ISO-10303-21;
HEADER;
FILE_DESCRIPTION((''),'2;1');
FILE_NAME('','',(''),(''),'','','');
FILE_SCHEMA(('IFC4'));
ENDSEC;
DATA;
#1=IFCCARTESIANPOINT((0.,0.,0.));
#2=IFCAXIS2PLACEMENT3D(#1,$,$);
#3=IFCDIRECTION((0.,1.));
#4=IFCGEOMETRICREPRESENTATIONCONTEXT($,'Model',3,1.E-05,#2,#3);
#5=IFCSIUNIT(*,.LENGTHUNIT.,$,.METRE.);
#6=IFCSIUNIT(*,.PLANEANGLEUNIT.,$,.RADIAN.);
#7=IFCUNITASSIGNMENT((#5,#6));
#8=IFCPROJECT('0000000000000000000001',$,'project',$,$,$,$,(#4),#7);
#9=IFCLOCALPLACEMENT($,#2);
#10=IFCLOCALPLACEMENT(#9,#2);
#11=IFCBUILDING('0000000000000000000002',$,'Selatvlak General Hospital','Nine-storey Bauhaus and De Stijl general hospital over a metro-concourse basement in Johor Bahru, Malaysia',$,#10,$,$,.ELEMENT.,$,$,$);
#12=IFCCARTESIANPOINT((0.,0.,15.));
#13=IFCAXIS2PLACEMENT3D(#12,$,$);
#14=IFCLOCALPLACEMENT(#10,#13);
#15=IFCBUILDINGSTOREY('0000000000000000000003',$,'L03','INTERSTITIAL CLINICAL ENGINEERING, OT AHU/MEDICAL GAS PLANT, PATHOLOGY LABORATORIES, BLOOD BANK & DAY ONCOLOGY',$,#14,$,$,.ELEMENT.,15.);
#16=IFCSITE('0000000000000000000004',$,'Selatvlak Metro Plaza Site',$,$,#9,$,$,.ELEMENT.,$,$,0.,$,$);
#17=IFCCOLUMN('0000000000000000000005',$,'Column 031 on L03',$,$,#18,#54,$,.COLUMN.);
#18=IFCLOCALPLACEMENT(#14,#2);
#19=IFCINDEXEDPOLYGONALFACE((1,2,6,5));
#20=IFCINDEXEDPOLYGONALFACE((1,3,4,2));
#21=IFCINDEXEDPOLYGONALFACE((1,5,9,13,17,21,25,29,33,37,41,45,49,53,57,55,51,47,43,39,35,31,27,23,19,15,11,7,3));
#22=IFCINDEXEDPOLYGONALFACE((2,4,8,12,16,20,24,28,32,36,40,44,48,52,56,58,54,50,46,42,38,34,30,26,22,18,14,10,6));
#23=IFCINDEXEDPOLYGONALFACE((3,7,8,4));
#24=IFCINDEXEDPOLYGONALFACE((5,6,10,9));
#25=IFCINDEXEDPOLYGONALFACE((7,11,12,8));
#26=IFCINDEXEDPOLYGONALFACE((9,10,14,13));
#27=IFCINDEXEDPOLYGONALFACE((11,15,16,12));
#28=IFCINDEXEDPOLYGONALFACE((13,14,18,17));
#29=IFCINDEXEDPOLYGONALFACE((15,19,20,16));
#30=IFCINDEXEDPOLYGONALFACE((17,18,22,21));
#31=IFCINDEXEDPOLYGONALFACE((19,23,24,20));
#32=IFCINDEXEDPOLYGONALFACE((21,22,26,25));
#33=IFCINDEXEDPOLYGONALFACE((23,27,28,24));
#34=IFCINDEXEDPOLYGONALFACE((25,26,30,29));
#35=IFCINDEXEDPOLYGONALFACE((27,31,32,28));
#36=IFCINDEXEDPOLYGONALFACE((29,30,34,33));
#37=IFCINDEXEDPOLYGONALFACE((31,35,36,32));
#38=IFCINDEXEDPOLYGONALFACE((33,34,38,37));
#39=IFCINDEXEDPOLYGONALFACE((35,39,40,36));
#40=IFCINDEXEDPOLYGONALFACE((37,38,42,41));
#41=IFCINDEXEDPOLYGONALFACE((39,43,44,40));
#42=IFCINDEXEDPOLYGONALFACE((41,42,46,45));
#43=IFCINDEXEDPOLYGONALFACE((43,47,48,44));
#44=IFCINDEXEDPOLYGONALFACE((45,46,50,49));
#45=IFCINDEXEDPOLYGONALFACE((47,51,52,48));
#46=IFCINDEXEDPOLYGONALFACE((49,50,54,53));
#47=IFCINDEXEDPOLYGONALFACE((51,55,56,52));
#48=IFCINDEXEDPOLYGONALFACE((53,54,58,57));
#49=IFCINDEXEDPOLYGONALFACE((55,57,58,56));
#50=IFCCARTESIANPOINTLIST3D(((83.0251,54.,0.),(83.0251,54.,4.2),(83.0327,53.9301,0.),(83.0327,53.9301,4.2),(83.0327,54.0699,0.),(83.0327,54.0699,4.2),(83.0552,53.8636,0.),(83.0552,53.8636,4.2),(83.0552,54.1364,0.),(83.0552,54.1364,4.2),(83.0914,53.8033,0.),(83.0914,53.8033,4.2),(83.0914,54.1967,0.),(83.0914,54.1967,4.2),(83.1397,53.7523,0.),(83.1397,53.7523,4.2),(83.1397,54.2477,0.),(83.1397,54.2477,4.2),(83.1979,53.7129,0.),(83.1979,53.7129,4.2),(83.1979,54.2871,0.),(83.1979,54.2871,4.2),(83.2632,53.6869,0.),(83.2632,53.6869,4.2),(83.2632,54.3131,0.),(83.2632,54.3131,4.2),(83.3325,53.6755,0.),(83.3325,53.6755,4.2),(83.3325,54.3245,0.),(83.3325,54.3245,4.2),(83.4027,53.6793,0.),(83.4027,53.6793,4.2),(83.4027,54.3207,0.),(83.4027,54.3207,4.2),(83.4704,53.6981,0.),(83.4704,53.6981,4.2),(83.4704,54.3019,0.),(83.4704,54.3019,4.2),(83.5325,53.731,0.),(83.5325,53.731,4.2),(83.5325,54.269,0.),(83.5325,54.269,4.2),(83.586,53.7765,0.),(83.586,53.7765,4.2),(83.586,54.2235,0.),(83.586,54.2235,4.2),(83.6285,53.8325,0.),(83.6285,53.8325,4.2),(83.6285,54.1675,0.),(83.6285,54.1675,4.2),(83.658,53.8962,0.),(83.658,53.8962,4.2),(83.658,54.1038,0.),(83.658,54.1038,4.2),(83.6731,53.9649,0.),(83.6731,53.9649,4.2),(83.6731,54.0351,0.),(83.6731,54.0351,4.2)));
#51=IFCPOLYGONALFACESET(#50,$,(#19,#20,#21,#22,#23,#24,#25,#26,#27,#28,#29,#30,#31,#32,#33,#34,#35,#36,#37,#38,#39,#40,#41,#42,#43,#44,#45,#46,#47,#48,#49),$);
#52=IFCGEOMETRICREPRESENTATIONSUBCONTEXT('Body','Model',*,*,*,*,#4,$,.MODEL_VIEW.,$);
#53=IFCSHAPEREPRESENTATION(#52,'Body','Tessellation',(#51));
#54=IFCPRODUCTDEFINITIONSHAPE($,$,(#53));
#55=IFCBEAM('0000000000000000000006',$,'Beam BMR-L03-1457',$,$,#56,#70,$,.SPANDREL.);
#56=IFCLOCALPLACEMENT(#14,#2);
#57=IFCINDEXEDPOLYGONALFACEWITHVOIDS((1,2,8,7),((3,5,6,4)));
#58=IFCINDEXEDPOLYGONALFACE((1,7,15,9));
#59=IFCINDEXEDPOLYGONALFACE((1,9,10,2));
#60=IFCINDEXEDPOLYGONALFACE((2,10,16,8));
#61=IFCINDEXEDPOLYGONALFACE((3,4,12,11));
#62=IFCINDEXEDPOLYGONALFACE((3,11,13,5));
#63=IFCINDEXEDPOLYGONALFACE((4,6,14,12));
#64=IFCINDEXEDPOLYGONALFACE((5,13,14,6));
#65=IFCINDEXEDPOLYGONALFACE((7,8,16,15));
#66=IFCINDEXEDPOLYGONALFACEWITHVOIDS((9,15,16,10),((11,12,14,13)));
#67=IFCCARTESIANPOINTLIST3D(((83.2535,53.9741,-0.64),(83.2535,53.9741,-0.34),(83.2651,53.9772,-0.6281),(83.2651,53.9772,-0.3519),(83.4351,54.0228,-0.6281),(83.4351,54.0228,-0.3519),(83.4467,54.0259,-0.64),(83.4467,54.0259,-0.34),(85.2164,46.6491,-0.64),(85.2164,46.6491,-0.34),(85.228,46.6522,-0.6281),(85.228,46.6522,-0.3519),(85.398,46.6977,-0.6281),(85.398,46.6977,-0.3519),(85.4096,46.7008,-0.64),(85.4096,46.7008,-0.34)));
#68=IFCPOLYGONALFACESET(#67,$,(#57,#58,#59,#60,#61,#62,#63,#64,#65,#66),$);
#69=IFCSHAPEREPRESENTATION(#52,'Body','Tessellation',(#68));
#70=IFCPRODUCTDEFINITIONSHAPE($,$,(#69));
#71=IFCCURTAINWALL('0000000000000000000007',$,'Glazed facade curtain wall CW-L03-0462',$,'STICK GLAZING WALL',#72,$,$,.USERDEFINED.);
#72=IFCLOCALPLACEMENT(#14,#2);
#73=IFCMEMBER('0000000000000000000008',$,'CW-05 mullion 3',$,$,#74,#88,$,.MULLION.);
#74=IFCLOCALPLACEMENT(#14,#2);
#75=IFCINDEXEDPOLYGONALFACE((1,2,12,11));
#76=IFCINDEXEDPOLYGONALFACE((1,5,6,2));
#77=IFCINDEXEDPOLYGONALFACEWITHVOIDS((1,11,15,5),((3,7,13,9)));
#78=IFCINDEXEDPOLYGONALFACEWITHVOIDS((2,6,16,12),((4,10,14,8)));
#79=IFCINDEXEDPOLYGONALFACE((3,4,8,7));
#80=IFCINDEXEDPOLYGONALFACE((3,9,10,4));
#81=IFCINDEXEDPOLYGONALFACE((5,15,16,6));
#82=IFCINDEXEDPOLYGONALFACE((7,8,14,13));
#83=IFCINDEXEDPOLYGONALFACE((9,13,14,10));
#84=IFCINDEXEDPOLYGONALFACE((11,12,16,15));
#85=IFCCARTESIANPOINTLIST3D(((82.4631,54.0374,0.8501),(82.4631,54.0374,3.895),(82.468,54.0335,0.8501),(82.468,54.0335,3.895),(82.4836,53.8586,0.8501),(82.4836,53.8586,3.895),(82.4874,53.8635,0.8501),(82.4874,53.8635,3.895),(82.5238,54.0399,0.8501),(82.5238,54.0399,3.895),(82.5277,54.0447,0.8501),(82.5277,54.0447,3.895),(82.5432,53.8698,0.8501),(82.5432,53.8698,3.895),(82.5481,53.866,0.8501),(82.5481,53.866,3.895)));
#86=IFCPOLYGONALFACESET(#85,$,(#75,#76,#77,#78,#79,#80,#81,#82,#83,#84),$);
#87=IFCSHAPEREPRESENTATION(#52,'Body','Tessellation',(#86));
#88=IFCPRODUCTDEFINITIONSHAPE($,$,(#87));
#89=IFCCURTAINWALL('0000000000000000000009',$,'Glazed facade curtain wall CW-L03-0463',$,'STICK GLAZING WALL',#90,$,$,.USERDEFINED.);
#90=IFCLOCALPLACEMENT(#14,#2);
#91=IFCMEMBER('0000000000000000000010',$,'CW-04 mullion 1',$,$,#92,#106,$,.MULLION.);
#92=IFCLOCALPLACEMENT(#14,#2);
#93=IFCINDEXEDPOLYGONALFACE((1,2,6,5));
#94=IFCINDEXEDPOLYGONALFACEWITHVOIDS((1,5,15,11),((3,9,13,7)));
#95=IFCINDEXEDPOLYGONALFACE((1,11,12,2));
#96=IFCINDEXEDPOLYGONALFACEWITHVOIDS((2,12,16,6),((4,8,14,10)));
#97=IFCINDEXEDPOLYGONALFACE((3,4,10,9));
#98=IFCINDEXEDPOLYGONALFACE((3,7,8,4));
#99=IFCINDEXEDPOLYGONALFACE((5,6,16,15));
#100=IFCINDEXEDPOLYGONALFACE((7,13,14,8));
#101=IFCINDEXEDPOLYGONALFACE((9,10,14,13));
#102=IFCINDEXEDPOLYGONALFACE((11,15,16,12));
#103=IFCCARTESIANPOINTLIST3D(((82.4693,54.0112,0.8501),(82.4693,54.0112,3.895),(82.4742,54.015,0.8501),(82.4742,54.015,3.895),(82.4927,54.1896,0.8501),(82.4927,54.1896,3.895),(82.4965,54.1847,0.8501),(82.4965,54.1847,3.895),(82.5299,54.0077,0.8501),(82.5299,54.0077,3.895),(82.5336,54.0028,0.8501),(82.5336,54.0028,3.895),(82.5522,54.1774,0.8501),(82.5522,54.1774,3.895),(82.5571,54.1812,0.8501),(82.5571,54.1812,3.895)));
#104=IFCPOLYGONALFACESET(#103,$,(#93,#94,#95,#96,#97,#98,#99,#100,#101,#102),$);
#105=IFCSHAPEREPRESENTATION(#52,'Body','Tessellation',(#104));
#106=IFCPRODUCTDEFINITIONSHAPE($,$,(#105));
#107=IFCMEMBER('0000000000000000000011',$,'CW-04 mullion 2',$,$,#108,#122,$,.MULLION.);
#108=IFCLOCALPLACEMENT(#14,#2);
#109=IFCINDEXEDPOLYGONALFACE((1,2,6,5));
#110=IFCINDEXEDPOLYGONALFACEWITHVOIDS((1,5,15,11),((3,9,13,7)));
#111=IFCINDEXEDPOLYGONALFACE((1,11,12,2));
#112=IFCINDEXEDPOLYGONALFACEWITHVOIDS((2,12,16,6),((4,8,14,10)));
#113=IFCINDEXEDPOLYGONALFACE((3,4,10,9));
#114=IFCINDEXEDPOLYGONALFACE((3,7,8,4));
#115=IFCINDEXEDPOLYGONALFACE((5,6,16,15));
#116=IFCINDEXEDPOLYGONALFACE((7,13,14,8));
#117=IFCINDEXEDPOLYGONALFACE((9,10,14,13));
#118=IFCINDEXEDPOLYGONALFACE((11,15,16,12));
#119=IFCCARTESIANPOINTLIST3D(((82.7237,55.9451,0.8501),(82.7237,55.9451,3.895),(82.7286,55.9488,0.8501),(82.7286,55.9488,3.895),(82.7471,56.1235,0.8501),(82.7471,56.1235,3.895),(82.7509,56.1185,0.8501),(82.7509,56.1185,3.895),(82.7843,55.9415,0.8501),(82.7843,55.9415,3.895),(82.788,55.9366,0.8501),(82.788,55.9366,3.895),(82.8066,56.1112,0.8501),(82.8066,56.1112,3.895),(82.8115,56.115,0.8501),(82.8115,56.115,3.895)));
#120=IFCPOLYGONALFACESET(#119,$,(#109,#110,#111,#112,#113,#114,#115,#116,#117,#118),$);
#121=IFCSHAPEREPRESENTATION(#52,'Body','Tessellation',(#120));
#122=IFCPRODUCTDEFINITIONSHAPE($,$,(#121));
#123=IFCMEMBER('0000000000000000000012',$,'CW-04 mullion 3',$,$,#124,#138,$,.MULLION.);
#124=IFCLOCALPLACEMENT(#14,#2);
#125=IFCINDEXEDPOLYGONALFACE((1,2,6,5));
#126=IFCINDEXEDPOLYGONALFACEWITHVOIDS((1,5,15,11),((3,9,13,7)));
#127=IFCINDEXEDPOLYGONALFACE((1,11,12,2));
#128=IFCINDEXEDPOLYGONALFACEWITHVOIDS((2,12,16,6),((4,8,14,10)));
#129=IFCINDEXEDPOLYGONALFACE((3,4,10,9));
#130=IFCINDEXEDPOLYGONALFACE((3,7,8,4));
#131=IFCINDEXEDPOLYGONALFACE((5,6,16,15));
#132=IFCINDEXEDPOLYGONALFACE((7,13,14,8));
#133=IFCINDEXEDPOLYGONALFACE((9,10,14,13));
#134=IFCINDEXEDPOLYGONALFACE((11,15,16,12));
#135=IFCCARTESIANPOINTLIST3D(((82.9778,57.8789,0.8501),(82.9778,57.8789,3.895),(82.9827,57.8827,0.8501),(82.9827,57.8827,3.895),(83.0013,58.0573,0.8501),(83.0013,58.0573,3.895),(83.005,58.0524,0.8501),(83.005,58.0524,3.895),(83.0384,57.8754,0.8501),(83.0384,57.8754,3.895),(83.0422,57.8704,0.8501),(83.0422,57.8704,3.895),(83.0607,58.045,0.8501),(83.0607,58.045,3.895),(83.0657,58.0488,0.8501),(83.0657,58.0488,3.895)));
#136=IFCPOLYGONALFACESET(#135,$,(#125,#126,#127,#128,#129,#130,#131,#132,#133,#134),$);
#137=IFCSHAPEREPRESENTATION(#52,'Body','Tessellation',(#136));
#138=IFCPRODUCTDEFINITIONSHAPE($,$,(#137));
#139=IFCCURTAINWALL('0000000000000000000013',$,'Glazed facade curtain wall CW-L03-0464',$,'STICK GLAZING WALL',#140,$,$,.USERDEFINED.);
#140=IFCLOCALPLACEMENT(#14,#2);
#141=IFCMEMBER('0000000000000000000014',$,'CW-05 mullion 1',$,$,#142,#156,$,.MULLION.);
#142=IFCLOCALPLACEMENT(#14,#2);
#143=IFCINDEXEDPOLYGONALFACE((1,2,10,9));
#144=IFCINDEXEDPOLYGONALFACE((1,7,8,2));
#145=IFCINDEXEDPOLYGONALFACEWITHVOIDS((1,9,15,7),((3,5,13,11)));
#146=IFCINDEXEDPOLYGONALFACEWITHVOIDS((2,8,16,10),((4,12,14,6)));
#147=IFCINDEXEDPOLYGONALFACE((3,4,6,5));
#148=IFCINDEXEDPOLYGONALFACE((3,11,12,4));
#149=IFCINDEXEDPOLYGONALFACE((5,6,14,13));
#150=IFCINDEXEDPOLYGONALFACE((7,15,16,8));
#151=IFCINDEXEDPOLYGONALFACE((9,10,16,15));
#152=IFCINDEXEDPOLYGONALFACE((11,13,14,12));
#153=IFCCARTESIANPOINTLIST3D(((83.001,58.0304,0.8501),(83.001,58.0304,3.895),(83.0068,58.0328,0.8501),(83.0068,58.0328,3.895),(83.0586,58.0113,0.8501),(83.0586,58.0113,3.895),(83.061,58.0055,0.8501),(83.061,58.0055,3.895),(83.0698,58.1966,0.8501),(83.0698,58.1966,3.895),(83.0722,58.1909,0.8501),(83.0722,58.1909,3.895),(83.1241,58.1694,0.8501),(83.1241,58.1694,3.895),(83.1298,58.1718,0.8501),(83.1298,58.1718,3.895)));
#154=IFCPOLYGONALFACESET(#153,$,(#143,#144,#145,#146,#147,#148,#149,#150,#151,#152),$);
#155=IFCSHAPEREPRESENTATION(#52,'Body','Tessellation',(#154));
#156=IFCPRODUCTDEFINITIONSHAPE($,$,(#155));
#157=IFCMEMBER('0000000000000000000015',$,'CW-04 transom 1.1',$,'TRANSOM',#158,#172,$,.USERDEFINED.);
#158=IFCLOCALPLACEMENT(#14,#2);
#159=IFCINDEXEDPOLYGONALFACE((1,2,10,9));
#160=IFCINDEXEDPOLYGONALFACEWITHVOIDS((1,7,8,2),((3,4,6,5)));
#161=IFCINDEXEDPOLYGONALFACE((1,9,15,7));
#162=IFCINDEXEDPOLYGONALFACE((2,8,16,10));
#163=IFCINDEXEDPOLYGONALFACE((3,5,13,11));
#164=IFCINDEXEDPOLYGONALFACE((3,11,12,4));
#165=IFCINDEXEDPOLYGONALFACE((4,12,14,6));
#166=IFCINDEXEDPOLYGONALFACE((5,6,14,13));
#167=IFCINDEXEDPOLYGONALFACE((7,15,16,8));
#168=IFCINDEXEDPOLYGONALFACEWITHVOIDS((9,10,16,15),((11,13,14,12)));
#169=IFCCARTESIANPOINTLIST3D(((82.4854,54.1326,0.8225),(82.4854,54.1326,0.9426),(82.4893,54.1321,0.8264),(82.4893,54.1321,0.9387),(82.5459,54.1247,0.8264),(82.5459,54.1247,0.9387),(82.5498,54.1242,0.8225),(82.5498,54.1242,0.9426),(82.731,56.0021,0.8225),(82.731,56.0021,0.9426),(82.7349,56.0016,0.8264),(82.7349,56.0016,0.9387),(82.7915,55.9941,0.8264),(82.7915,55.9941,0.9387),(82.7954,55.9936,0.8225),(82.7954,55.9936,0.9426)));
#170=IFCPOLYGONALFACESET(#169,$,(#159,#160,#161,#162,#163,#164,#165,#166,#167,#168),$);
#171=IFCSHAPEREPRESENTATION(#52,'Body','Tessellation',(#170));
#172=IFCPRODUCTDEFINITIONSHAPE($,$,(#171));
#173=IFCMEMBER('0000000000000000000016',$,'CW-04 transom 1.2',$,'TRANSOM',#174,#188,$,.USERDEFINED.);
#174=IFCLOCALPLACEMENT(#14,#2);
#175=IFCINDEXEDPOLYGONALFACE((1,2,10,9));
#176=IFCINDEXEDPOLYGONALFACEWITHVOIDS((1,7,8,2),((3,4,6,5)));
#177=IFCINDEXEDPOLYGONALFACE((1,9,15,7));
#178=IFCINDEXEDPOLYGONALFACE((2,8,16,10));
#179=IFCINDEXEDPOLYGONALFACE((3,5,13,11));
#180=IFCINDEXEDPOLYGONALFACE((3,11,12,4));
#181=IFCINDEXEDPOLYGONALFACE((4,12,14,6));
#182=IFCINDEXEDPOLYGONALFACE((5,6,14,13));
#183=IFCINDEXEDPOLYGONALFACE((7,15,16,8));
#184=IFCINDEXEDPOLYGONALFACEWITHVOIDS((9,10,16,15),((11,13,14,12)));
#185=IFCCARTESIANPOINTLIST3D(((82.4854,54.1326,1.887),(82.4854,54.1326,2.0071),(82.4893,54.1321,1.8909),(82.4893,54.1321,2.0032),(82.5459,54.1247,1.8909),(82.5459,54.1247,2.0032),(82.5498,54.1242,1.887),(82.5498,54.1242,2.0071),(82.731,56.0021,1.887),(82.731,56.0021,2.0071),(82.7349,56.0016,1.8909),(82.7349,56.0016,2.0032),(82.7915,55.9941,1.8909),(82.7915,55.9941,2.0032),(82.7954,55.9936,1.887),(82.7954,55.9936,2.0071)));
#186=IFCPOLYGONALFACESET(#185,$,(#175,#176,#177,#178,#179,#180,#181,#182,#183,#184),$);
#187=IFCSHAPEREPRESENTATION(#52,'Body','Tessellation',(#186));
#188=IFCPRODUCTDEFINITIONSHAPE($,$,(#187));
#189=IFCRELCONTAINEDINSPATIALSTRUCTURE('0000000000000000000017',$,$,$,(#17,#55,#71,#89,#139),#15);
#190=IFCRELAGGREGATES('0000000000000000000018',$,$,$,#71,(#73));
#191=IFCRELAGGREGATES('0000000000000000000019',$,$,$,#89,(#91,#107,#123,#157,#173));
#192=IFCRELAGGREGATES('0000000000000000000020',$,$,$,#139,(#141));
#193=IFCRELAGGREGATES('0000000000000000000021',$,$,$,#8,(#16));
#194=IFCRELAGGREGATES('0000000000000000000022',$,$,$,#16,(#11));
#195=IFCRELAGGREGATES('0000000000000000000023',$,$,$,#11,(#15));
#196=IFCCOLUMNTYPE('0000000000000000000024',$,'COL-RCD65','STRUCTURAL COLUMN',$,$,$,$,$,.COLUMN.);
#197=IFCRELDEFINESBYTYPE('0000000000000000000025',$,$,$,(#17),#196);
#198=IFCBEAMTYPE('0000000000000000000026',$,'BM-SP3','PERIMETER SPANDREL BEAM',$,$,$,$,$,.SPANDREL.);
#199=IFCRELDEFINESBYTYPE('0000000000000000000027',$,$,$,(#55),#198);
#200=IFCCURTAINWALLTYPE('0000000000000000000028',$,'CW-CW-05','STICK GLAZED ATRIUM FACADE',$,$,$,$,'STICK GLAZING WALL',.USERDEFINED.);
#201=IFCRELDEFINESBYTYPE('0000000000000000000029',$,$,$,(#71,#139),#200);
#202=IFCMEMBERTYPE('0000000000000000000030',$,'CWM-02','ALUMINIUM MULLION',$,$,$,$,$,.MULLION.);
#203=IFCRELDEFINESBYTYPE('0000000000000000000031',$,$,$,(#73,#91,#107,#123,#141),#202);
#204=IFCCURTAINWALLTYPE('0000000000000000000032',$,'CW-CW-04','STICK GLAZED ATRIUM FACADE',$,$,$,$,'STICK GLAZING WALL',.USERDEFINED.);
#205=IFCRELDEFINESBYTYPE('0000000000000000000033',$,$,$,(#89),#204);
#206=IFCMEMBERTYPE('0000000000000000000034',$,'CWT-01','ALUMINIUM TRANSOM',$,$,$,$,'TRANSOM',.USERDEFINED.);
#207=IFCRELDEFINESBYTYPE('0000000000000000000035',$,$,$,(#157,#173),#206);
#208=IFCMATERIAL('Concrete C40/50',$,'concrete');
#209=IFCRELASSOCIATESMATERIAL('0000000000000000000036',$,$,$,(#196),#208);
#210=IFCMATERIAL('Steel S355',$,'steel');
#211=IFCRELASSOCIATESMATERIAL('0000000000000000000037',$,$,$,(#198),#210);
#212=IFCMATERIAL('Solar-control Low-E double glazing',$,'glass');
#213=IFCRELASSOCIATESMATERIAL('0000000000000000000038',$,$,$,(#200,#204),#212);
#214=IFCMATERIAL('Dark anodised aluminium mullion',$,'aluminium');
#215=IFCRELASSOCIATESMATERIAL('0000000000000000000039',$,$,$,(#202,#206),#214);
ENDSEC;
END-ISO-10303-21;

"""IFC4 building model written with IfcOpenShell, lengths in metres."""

from ifc_helpers import new_model, si_unit, direction, frame, origin, origin_2d, place, context, subcontext, project, spatial, hollow_rectangle, circle, extrude, material, material_profile, profile_set, type_object, element, aggregate, save


model = new_model("IFC4")

# Units and contexts
model_context = context("Model", 3, precision=1e-05, world=origin(), true_north=direction((0.0, 1.0)))
body_context = subcontext(model_context, "Body", "Model", "MODEL_VIEW")
ifc_project = project(units=[si_unit("LENGTHUNIT", "METRE"), si_unit("PLANEANGLEUNIT", "RADIAN")], contexts=[model_context])

# Site, building, storey
site_placement = place(None, origin())
site = spatial("IfcSite", under=ifc_project, at=site_placement, Name="Selatvlak Metro Plaza Site", CompositionType="ELEMENT", RefElevation=0.0)
building_placement = place(site_placement, origin())
building = spatial("IfcBuilding", under=site, at=building_placement, Name="Selatvlak General Hospital", Description="Nine-storey Bauhaus and De Stijl general hospital over a metro-concourse basement in Johor Bahru, Malaysia", CompositionType="ELEMENT")
storey_placement = place(building_placement, frame((0.0, 0.0, 15.0)))
storey = spatial("IfcBuildingStorey", under=building, at=storey_placement, Name="L03", Description="INTERSTITIAL CLINICAL ENGINEERING, OT AHU/MEDICAL GAS PLANT, PATHOLOGY LABORATORIES, BLOOD BANK & DAY ONCOLOGY", CompositionType="ELEMENT", Elevation=15.0)

# Column
ifc_material_1 = material(Name="Concrete C40/50", Category="concrete")
ifc_material_profile_1 = material_profile(ifc_material_1, circle(Radius=0.325, at=origin_2d()), Name="RC-COL D650")
ifc_profile_set_1 = profile_set([ifc_material_profile_1], Name="Concrete C40/50")
column_type = type_object("IfcColumnType", Name="COL-RCD65", Description="STRUCTURAL COLUMN", PredefinedType="COLUMN", material=ifc_profile_set_1)
column_placement = place(storey_placement, frame((83.3501, 54.0, 0.0), z_axis=(0.0, 0.0, 1.0), x_axis=(-1.0, 0.0, 0.0)))
element("IfcColumn", 1, at=column_placement, inside=storey, type_object=column_type, Name="Column 031 on L03", PredefinedType="COLUMN", context=body_context, shape_type="SweptSolid", body=[
    extrude(circle(Radius=0.325, at=origin_2d()), origin(), (0.0, 0.0, 1.0), 4.2),
])

# Beam
ifc_material_2 = material(Name="Steel S355", Category="steel")
ifc_material_profile_2 = material_profile(ifc_material_2, hollow_rectangle(XDim=0.2, YDim=0.3, WallThickness=0.012, at=origin_2d()), Name="RHS 300x200x12")
ifc_profile_set_2 = profile_set([ifc_material_profile_2], Name="Steel S355")
beam_type = type_object("IfcBeamType", Name="BM-SP3", Description="PERIMETER SPANDREL BEAM", PredefinedType="SPANDREL", material=ifc_profile_set_2)
beam_placement = place(storey_placement, frame((83.3501, 54.0, -0.49), z_axis=(0.258841, -0.96592, 0.0), x_axis=(0.96592, 0.258841, 0.0)))
element("IfcBeam", 2, at=beam_placement, inside=storey, type_object=beam_type, Name="Beam BMR-L03-1457", PredefinedType="SPANDREL", context=body_context, shape_type="SweptSolid", body=[
    extrude(hollow_rectangle(XDim=0.2, YDim=0.3, WallThickness=0.012, at=origin_2d()), origin(), (0.0, 0.0, 1.0), 7.5835),
])

# Curtain wall, member
ifc_material_3 = material(Name="Solar-control Low-E double glazing", Category="glass")
curtain_wall_type_1 = type_object("IfcCurtainWallType", Name="CW-CW-05", Description="STICK GLAZED ATRIUM FACADE", ElementType="STICK GLAZING WALL", PredefinedType="USERDEFINED", material=ifc_material_3)
curtain_wall_1_placement = place(storey_placement, origin())
curtain_wall_1 = element("IfcCurtainWall", 3, at=curtain_wall_1_placement, inside=storey, type_object=curtain_wall_type_1, Name="Glazed facade curtain wall CW-L03-0462", ObjectType="STICK GLAZING WALL", PredefinedType="USERDEFINED")
ifc_material_4 = material(Name="Dark anodised aluminium mullion", Category="aluminium")
ifc_material_profile_3 = material_profile(ifc_material_4, hollow_rectangle(XDim=0.0649, YDim=0.1799, WallThickness=0.0044, at=origin_2d()), Name="AL-MUL 65x180x4.5")
ifc_profile_set_3 = profile_set([ifc_material_profile_3], Name="Dark anodised aluminium mullion")
member_type_1 = type_object("IfcMemberType", Name="CWM-02", Description="ALUMINIUM MULLION", PredefinedType="MULLION", material=ifc_profile_set_3)
member_1_placement = place(storey_placement, frame((82.5056, 53.9517, 0.8501), z_axis=(0.0, 0.0, 1.0), x_axis=(-0.993521, -0.113645, 0.0)))
member_1 = element("IfcMember", 4, at=member_1_placement, type_object=member_type_1, Name="CW-05 mullion 3", PredefinedType="MULLION", context=body_context, shape_type="SweptSolid", body=[
    extrude(hollow_rectangle(XDim=0.0649, YDim=0.1799, WallThickness=0.0044, at=origin_2d()), origin(), (0.0, 0.0, 1.0), 3.0449),
])

# Curtain wall, members
curtain_wall_type_2 = type_object("IfcCurtainWallType", Name="CW-CW-04", Description="STICK GLAZED ATRIUM FACADE", ElementType="STICK GLAZING WALL", PredefinedType="USERDEFINED", material=ifc_material_3)
curtain_wall_2_placement = place(storey_placement, origin())
curtain_wall_2 = element("IfcCurtainWall", 5, at=curtain_wall_2_placement, inside=storey, type_object=curtain_wall_type_2, Name="Glazed facade curtain wall CW-L03-0463", ObjectType="STICK GLAZING WALL", PredefinedType="USERDEFINED")
member_2_placement = place(storey_placement, frame((82.5132, 54.0962, 0.8501), z_axis=(0.0, 0.0, 1.0), x_axis=(-0.991466, 0.130363, 0.0)))
member_2 = element("IfcMember", 6, at=member_2_placement, type_object=member_type_1, Name="CW-04 mullion 1", PredefinedType="MULLION", context=body_context, shape_type="SweptSolid", body=[
    extrude(hollow_rectangle(XDim=0.0649, YDim=0.1799, WallThickness=0.0044, at=origin_2d()), origin(), (0.0, 0.0, 1.0), 3.0449),
])
member_3_placement = place(storey_placement, frame((82.7676, 56.03, 0.8501), z_axis=(0.0, 0.0, 1.0), x_axis=(-0.991466, 0.130363, 0.0)))
member_3 = element("IfcMember", 7, at=member_3_placement, type_object=member_type_1, Name="CW-04 mullion 2", PredefinedType="MULLION", context=body_context, shape_type="SweptSolid", body=[
    extrude(hollow_rectangle(XDim=0.0649, YDim=0.1799, WallThickness=0.0044, at=origin_2d()), origin(), (0.0, 0.0, 1.0), 3.0449),
])
member_4_placement = place(storey_placement, frame((83.0217, 57.9639, 0.8501), z_axis=(0.0, 0.0, 1.0), x_axis=(-0.991466, 0.130363, 0.0)))
member_4 = element("IfcMember", 8, at=member_4_placement, type_object=member_type_1, Name="CW-04 mullion 3", PredefinedType="MULLION", context=body_context, shape_type="SweptSolid", body=[
    extrude(hollow_rectangle(XDim=0.0649, YDim=0.1799, WallThickness=0.0044, at=origin_2d()), origin(), (0.0, 0.0, 1.0), 3.0449),
])

# Curtain wall, member
curtain_wall_3_placement = place(storey_placement, origin())
curtain_wall_3 = element("IfcCurtainWall", 9, at=curtain_wall_3_placement, inside=storey, type_object=curtain_wall_type_1, Name="Glazed facade curtain wall CW-L03-0464", ObjectType="STICK GLAZING WALL", PredefinedType="USERDEFINED")
member_5_placement = place(storey_placement, frame((83.0654, 58.1011, 0.8501), z_axis=(0.0, 0.0, 1.0), x_axis=(-0.92394, 0.382537, 0.0)))
member_5 = element("IfcMember", 10, at=member_5_placement, type_object=member_type_1, Name="CW-05 mullion 1", PredefinedType="MULLION", context=body_context, shape_type="SweptSolid", body=[
    extrude(hollow_rectangle(XDim=0.0649, YDim=0.1799, WallThickness=0.0044, at=origin_2d()), origin(), (0.0, 0.0, 1.0), 3.0449),
])

# Members
ifc_material_profile_4 = material_profile(ifc_material_4, hollow_rectangle(XDim=0.0649, YDim=0.1201, WallThickness=0.0039, at=origin_2d()), Name="AL-TRN 65x120x4")
ifc_profile_set_4 = profile_set([ifc_material_profile_4], Name="Dark anodised aluminium mullion")
member_type_2 = type_object("IfcMemberType", Name="CWT-01", Description="ALUMINIUM TRANSOM", ElementType="TRANSOM", PredefinedType="USERDEFINED", material=ifc_profile_set_4)
member_6_placement = place(storey_placement, frame((82.5176, 54.1284, 0.8826), z_axis=(0.130264, 0.991479, 0.0), x_axis=(-0.991479, 0.130264, 0.0)))
member_6 = element("IfcMember", 11, at=member_6_placement, type_object=member_type_2, Name="CW-04 transom 1.1", ObjectType="TRANSOM", PredefinedType="USERDEFINED", context=body_context, shape_type="SweptSolid", body=[
    extrude(hollow_rectangle(XDim=0.0649, YDim=0.1201, WallThickness=0.0039, at=origin_2d()), origin(), (0.0, 0.0, 1.0), 1.8855),
])
member_7_placement = place(storey_placement, frame((82.5176, 54.1284, 1.947), z_axis=(0.130264, 0.991479, 0.0), x_axis=(-0.991479, 0.130264, 0.0)))
member_7 = element("IfcMember", 12, at=member_7_placement, type_object=member_type_2, Name="CW-04 transom 1.2", ObjectType="TRANSOM", PredefinedType="USERDEFINED", context=body_context, shape_type="SweptSolid", body=[
    extrude(hollow_rectangle(XDim=0.0649, YDim=0.1201, WallThickness=0.0039, at=origin_2d()), origin(), (0.0, 0.0, 1.0), 1.8855),
])

aggregate(curtain_wall_1, [member_1])
aggregate(curtain_wall_2, [member_2, member_3, member_4, member_6, member_7])
aggregate(curtain_wall_3, [member_5])

save(model, "model.ifc")
